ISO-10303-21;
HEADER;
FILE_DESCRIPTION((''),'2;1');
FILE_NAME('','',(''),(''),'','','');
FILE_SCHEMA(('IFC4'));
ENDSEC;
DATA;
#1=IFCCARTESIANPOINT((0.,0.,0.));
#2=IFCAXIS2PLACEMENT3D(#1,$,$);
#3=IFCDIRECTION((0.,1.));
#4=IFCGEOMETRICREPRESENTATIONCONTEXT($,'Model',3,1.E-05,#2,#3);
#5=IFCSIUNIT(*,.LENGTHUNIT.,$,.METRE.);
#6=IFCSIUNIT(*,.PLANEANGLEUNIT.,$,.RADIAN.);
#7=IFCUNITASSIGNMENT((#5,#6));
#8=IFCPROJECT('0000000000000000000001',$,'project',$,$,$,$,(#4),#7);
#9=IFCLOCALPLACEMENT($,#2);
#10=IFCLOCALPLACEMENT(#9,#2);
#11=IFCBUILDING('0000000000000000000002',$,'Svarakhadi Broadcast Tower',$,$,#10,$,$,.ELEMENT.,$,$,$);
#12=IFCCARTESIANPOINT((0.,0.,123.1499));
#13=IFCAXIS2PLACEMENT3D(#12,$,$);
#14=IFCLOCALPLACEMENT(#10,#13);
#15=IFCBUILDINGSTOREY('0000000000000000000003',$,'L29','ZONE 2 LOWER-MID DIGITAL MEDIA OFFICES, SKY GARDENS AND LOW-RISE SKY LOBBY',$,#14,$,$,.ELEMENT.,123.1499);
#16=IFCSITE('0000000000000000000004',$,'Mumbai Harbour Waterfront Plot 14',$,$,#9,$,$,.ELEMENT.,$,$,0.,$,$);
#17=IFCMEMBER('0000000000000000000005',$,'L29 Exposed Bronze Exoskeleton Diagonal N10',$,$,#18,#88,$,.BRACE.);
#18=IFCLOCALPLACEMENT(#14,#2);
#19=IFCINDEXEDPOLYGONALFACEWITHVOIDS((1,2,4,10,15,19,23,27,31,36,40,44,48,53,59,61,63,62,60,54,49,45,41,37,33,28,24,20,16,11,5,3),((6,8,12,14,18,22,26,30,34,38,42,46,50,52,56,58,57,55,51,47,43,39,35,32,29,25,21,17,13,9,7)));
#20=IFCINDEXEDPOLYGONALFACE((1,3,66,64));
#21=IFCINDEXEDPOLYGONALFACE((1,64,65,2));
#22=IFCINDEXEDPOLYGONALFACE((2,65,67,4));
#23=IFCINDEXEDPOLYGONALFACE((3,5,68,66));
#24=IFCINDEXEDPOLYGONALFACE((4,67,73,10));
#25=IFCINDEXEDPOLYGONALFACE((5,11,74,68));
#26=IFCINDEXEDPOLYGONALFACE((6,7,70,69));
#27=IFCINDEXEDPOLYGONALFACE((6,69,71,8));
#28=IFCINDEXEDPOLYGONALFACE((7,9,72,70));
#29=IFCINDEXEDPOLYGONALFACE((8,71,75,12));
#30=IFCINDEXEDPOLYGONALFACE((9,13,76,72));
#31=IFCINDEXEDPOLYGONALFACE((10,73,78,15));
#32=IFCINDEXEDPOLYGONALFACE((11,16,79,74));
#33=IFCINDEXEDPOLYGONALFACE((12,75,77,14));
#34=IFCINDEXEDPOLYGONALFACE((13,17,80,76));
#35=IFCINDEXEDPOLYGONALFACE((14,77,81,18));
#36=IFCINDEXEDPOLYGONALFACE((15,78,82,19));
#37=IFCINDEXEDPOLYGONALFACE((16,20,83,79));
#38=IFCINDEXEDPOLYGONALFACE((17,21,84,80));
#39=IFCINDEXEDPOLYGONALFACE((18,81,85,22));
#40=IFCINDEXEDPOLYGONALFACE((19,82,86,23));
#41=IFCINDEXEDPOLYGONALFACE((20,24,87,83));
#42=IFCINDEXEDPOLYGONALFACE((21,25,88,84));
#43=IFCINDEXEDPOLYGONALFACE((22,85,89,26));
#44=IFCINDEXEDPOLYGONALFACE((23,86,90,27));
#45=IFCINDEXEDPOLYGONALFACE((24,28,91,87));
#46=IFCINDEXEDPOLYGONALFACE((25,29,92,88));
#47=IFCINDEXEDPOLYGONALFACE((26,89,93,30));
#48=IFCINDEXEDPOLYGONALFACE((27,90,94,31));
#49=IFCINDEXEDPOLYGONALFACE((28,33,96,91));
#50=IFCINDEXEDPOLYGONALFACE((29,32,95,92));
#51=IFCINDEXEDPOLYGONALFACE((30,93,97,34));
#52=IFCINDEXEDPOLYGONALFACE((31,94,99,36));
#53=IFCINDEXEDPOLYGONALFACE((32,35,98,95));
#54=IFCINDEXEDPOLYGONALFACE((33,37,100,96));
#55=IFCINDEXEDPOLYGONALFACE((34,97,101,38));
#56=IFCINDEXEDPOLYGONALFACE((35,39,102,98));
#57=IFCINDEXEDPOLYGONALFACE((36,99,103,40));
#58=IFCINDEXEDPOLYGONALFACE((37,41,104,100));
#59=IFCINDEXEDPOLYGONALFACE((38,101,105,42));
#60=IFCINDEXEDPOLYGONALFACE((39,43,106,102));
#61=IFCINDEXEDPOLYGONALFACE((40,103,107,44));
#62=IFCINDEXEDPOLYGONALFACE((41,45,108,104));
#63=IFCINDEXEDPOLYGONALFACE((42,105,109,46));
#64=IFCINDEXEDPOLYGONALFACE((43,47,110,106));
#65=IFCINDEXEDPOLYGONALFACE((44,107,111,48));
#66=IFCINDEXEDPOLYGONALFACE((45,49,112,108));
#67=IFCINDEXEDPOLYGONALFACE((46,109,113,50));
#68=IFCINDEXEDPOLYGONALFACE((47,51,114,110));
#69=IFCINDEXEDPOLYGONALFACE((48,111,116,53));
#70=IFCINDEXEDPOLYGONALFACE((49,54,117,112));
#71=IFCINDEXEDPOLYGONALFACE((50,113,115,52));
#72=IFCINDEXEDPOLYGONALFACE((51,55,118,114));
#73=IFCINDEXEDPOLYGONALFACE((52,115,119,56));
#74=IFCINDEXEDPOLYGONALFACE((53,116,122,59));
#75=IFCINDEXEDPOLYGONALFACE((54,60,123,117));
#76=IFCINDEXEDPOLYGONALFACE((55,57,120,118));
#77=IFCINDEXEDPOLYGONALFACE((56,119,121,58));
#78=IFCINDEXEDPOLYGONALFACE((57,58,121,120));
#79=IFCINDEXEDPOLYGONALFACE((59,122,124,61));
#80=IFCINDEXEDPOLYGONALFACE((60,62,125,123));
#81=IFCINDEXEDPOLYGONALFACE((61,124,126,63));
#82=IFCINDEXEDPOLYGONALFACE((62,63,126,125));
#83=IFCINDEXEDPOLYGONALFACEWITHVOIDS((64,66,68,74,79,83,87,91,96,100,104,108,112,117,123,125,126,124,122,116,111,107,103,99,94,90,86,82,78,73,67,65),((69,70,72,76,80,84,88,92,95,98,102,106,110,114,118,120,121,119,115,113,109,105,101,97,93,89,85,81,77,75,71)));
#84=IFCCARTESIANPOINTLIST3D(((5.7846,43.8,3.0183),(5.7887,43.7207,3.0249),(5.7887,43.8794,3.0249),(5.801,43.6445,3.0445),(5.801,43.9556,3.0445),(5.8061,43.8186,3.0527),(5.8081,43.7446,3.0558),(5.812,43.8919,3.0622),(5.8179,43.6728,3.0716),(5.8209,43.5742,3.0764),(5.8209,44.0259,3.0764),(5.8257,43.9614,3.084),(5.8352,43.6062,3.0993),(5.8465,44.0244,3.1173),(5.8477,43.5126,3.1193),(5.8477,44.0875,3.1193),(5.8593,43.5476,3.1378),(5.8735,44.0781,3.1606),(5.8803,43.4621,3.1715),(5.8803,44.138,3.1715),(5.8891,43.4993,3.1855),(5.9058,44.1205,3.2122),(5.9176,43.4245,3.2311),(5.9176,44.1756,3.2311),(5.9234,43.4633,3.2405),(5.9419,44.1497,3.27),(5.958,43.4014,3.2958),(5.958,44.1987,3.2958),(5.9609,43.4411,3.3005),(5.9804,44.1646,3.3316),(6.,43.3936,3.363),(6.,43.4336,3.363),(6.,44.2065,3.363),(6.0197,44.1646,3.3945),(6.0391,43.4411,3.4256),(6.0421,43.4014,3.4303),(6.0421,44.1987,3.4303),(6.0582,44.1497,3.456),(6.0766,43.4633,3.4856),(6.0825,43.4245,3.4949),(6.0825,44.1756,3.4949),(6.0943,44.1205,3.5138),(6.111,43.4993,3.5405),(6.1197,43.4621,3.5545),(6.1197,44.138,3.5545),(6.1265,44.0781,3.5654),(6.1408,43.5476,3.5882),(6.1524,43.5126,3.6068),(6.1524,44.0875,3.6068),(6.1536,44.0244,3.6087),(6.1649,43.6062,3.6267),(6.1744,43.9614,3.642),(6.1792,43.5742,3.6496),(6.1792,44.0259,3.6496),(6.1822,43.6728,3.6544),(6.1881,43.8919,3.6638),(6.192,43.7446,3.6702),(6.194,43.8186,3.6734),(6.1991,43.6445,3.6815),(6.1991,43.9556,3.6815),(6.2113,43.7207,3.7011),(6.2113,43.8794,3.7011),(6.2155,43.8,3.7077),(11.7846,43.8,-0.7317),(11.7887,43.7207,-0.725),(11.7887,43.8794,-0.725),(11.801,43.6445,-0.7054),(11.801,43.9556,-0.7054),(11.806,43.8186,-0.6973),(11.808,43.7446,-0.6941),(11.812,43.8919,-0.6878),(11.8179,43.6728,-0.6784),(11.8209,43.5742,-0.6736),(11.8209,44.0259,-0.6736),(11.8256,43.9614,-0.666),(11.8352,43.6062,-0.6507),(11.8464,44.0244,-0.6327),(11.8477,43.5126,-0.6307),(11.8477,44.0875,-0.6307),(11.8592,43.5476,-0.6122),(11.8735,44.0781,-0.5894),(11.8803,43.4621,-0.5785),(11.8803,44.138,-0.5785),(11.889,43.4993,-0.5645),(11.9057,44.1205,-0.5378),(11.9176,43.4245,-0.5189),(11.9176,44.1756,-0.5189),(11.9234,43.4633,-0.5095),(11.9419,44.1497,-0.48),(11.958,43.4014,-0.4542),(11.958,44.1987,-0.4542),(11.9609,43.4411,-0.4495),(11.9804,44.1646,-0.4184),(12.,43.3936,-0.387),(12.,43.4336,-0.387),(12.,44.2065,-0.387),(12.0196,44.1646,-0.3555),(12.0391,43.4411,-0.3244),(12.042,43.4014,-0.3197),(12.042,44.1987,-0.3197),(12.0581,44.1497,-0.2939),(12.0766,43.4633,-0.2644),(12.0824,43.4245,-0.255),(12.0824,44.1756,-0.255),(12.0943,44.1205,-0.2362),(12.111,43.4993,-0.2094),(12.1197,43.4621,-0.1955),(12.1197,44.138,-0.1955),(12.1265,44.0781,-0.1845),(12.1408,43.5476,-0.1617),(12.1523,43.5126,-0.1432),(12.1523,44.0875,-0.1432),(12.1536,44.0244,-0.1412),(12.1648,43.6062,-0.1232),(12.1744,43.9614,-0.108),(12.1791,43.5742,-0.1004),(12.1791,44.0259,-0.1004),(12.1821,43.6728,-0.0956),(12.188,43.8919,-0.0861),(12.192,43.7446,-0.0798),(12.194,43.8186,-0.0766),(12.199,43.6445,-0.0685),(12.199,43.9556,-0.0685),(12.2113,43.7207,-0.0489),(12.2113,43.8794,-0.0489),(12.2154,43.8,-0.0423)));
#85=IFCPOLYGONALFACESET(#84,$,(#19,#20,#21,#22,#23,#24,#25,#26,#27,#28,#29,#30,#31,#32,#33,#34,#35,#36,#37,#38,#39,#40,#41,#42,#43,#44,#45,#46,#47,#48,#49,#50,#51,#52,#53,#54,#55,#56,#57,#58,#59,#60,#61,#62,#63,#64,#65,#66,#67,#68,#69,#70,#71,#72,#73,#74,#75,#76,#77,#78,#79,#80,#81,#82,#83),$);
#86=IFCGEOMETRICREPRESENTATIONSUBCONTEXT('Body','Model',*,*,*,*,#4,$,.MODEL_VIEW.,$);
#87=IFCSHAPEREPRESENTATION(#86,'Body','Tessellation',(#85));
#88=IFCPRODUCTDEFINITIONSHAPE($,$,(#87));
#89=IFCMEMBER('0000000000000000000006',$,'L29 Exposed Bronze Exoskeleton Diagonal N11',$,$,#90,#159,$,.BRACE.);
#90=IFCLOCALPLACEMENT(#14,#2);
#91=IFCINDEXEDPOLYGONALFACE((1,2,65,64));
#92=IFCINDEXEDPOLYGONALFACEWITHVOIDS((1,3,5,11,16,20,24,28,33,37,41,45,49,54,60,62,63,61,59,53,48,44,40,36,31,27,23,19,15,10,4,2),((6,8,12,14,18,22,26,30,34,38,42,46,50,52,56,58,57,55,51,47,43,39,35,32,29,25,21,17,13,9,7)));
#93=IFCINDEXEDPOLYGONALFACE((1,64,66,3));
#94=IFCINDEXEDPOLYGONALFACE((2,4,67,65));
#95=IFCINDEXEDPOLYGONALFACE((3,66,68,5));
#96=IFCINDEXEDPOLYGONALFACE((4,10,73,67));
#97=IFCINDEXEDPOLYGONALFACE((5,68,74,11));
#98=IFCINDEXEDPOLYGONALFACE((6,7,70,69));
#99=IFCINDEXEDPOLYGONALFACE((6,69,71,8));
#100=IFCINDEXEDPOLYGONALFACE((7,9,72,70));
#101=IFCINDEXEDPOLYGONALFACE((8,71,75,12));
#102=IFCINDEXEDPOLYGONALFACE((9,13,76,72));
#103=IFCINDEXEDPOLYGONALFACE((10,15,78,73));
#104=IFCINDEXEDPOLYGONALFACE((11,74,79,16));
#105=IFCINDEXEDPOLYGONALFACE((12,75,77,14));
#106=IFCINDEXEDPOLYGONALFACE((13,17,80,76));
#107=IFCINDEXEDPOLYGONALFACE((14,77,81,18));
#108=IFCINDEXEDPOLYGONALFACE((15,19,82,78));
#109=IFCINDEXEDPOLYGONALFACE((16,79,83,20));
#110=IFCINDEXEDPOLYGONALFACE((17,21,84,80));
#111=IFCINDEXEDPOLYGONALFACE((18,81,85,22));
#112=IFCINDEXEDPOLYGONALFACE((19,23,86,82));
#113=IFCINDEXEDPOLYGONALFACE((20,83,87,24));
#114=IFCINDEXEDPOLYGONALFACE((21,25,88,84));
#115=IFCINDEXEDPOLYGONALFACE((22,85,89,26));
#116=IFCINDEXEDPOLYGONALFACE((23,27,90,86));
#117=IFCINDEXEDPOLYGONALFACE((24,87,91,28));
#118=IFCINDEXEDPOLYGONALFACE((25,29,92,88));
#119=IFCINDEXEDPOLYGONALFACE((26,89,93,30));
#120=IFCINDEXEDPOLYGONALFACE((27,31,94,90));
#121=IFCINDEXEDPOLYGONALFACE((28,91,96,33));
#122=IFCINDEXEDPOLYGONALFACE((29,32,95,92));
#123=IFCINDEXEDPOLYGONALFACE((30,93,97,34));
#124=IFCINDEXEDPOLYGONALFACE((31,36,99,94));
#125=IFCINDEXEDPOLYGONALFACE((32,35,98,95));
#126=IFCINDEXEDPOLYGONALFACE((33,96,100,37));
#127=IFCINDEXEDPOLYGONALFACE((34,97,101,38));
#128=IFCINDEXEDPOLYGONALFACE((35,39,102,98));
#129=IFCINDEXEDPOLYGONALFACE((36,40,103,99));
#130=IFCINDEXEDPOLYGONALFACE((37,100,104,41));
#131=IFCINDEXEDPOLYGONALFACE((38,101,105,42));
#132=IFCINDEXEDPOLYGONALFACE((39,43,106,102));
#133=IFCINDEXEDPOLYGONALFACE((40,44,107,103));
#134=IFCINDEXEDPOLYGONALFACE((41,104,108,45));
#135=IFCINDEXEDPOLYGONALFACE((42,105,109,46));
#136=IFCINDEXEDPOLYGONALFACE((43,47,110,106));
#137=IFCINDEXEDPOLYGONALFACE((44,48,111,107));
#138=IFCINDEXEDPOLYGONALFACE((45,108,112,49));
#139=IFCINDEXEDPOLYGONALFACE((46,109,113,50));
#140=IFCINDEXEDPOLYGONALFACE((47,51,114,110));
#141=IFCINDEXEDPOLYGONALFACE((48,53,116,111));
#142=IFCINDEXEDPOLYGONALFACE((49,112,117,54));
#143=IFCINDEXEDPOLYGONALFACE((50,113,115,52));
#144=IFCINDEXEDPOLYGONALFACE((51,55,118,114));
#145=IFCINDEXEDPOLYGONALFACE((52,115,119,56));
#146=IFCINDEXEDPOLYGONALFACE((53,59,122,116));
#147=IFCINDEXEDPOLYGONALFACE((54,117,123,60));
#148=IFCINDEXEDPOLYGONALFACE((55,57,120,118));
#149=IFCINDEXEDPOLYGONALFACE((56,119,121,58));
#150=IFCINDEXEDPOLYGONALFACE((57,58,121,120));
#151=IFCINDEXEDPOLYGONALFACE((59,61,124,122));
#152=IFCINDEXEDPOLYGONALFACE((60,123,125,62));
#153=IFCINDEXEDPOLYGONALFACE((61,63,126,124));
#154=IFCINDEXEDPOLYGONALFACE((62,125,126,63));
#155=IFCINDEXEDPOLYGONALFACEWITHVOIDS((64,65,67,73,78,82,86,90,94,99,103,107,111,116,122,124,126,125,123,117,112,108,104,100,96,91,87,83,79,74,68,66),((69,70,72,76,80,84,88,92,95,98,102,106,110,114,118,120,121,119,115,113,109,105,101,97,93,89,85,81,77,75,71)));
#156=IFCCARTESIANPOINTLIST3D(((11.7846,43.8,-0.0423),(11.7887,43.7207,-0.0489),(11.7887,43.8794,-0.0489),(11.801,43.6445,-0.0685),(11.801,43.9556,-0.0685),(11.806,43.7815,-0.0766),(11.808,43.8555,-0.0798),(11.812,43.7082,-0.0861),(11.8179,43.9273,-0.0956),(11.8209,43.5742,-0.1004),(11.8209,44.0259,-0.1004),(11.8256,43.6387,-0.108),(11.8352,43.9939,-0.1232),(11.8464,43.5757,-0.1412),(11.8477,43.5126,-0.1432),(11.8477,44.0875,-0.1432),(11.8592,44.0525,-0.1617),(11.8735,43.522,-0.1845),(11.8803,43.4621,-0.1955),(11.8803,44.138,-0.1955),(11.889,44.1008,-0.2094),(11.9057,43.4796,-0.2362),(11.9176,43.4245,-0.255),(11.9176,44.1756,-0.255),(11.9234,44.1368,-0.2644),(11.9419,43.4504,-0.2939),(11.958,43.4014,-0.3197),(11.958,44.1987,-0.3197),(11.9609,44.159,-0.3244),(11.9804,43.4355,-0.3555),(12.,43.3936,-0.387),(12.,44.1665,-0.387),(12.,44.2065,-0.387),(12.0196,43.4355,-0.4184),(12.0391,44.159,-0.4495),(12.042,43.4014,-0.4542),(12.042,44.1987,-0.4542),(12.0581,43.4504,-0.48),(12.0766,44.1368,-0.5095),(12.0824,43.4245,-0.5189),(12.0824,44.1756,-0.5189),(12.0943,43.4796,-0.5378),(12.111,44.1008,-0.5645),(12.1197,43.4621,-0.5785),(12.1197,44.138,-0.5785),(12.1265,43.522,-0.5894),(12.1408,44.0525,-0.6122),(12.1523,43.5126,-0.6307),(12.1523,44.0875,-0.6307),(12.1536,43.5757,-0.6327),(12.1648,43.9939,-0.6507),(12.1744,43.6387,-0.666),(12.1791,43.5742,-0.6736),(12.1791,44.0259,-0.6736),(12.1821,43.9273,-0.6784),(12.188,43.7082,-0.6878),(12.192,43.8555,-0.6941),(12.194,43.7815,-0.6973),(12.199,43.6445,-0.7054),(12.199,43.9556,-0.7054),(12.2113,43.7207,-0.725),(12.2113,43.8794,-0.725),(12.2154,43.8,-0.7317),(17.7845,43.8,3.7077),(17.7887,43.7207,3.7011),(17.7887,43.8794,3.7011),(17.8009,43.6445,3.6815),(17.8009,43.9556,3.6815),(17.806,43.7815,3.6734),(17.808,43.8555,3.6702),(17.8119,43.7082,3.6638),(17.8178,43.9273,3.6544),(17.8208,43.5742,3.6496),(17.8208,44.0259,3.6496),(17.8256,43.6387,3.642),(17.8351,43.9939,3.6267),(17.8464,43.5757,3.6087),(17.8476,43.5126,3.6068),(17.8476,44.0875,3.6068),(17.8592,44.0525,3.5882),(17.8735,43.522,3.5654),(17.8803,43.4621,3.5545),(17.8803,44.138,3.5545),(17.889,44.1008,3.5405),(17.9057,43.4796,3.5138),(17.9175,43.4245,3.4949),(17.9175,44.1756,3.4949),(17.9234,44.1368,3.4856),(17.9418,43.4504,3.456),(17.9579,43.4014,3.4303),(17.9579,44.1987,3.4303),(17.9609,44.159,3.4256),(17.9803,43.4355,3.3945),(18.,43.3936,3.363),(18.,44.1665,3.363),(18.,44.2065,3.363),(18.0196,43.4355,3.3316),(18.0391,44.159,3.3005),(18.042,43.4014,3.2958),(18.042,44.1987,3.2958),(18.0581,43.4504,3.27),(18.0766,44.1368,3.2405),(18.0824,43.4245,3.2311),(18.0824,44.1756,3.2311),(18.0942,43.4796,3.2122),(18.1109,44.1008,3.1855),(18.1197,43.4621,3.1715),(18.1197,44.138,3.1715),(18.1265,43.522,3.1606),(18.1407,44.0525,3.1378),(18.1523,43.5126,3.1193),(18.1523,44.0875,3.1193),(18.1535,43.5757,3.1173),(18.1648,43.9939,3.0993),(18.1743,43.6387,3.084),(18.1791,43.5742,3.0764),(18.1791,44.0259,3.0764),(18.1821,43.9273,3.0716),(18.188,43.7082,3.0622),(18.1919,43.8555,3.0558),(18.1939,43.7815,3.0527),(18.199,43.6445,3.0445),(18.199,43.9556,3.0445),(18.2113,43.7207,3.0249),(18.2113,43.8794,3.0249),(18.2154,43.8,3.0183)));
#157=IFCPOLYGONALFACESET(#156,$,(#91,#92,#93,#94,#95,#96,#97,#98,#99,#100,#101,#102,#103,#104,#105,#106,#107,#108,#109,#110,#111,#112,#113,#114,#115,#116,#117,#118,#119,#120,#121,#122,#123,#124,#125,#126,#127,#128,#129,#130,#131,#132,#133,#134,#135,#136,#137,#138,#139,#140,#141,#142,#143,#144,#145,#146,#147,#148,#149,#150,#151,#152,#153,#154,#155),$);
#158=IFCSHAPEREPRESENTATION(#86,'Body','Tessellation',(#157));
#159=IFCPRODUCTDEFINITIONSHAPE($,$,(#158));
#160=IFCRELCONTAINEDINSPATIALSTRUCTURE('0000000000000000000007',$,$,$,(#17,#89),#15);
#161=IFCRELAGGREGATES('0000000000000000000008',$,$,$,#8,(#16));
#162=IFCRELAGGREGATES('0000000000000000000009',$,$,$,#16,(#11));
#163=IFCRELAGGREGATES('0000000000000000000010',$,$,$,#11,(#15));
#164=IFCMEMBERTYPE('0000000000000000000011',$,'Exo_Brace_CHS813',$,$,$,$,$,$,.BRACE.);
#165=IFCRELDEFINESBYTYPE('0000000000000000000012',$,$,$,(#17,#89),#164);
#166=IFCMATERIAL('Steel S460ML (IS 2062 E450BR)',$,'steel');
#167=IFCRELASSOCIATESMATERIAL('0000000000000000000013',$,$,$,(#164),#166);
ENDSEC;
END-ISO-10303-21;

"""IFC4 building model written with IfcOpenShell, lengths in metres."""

from ifc_helpers import new_model, si_unit, direction, frame, origin, origin_2d, place, context, subcontext, project, spatial, hollow_circle, extrude, material, material_profile, profile_set, type_object, element, save


model = new_model("IFC4")

# Units and contexts
model_context = context("Model", 3, precision=1e-05, world=origin(), true_north=direction((0.0, 1.0)))
body_context = subcontext(model_context, "Body", "Model", "MODEL_VIEW")
ifc_project = project(units=[si_unit("LENGTHUNIT", "METRE"), si_unit("PLANEANGLEUNIT", "RADIAN")], contexts=[model_context])

# Site, building, storey
site_placement = place(None, origin())
site = spatial("IfcSite", under=ifc_project, at=site_placement, Name="Mumbai Harbour Waterfront Plot 14", CompositionType="ELEMENT", RefElevation=0.0)
building_placement = place(site_placement, origin())
building = spatial("IfcBuilding", under=site, at=building_placement, Name="Svarakhadi Broadcast Tower", CompositionType="ELEMENT")
storey_placement = place(building_placement, frame((0.0, 0.0, 123.1499)))
storey = spatial("IfcBuildingStorey", under=building, at=storey_placement, Name="L29", Description="ZONE 2 LOWER-MID DIGITAL MEDIA OFFICES, SKY GARDENS AND LOW-RISE SKY LOBBY", CompositionType="ELEMENT", Elevation=123.1499)

# Shared definitions
ifc_material_1 = material(Name="Steel S460ML (IS 2062 E450BR)", Category="steel")

# Members
ifc_material_profile_1 = material_profile(ifc_material_1, hollow_circle(Radius=0.4065, WallThickness=0.04, at=origin_2d()), Name="CHS 813x40")
ifc_profile_set_1 = profile_set([ifc_material_profile_1], Name="Steel S460ML (IS 2062 E450BR)")
member_type_1 = type_object("IfcMemberType", Name="Exo_Brace_CHS813", PredefinedType="BRACE", material=ifc_profile_set_1)
for number, where, z_axis, x_axis, name in (
    (1, (12.0, 43.8, -0.387), (-0.847998, 0.0, 0.529999), (0.0, -1.0, 0.0), "L29 Exposed Bronze Exoskeleton Diagonal N10"),
    (2, (12.0, 43.8, -0.387), (0.847998, 0.0, 0.529999), (0.0, 1.0, 0.0), "L29 Exposed Bronze Exoskeleton Diagonal N11"),
):
    element("IfcMember", number, at=place(storey_placement, frame(where, z_axis=z_axis, x_axis=x_axis)), inside=storey, type_object=member_type_1, Name=name, PredefinedType="BRACE", context=body_context, shape_type="SweptSolid", body=[
        extrude(hollow_circle(Radius=0.4065, WallThickness=0.04, at=origin_2d()), origin(), (0.0, 0.0, 1.0), 7.0754),
    ])

save(model, "model.ifc")
